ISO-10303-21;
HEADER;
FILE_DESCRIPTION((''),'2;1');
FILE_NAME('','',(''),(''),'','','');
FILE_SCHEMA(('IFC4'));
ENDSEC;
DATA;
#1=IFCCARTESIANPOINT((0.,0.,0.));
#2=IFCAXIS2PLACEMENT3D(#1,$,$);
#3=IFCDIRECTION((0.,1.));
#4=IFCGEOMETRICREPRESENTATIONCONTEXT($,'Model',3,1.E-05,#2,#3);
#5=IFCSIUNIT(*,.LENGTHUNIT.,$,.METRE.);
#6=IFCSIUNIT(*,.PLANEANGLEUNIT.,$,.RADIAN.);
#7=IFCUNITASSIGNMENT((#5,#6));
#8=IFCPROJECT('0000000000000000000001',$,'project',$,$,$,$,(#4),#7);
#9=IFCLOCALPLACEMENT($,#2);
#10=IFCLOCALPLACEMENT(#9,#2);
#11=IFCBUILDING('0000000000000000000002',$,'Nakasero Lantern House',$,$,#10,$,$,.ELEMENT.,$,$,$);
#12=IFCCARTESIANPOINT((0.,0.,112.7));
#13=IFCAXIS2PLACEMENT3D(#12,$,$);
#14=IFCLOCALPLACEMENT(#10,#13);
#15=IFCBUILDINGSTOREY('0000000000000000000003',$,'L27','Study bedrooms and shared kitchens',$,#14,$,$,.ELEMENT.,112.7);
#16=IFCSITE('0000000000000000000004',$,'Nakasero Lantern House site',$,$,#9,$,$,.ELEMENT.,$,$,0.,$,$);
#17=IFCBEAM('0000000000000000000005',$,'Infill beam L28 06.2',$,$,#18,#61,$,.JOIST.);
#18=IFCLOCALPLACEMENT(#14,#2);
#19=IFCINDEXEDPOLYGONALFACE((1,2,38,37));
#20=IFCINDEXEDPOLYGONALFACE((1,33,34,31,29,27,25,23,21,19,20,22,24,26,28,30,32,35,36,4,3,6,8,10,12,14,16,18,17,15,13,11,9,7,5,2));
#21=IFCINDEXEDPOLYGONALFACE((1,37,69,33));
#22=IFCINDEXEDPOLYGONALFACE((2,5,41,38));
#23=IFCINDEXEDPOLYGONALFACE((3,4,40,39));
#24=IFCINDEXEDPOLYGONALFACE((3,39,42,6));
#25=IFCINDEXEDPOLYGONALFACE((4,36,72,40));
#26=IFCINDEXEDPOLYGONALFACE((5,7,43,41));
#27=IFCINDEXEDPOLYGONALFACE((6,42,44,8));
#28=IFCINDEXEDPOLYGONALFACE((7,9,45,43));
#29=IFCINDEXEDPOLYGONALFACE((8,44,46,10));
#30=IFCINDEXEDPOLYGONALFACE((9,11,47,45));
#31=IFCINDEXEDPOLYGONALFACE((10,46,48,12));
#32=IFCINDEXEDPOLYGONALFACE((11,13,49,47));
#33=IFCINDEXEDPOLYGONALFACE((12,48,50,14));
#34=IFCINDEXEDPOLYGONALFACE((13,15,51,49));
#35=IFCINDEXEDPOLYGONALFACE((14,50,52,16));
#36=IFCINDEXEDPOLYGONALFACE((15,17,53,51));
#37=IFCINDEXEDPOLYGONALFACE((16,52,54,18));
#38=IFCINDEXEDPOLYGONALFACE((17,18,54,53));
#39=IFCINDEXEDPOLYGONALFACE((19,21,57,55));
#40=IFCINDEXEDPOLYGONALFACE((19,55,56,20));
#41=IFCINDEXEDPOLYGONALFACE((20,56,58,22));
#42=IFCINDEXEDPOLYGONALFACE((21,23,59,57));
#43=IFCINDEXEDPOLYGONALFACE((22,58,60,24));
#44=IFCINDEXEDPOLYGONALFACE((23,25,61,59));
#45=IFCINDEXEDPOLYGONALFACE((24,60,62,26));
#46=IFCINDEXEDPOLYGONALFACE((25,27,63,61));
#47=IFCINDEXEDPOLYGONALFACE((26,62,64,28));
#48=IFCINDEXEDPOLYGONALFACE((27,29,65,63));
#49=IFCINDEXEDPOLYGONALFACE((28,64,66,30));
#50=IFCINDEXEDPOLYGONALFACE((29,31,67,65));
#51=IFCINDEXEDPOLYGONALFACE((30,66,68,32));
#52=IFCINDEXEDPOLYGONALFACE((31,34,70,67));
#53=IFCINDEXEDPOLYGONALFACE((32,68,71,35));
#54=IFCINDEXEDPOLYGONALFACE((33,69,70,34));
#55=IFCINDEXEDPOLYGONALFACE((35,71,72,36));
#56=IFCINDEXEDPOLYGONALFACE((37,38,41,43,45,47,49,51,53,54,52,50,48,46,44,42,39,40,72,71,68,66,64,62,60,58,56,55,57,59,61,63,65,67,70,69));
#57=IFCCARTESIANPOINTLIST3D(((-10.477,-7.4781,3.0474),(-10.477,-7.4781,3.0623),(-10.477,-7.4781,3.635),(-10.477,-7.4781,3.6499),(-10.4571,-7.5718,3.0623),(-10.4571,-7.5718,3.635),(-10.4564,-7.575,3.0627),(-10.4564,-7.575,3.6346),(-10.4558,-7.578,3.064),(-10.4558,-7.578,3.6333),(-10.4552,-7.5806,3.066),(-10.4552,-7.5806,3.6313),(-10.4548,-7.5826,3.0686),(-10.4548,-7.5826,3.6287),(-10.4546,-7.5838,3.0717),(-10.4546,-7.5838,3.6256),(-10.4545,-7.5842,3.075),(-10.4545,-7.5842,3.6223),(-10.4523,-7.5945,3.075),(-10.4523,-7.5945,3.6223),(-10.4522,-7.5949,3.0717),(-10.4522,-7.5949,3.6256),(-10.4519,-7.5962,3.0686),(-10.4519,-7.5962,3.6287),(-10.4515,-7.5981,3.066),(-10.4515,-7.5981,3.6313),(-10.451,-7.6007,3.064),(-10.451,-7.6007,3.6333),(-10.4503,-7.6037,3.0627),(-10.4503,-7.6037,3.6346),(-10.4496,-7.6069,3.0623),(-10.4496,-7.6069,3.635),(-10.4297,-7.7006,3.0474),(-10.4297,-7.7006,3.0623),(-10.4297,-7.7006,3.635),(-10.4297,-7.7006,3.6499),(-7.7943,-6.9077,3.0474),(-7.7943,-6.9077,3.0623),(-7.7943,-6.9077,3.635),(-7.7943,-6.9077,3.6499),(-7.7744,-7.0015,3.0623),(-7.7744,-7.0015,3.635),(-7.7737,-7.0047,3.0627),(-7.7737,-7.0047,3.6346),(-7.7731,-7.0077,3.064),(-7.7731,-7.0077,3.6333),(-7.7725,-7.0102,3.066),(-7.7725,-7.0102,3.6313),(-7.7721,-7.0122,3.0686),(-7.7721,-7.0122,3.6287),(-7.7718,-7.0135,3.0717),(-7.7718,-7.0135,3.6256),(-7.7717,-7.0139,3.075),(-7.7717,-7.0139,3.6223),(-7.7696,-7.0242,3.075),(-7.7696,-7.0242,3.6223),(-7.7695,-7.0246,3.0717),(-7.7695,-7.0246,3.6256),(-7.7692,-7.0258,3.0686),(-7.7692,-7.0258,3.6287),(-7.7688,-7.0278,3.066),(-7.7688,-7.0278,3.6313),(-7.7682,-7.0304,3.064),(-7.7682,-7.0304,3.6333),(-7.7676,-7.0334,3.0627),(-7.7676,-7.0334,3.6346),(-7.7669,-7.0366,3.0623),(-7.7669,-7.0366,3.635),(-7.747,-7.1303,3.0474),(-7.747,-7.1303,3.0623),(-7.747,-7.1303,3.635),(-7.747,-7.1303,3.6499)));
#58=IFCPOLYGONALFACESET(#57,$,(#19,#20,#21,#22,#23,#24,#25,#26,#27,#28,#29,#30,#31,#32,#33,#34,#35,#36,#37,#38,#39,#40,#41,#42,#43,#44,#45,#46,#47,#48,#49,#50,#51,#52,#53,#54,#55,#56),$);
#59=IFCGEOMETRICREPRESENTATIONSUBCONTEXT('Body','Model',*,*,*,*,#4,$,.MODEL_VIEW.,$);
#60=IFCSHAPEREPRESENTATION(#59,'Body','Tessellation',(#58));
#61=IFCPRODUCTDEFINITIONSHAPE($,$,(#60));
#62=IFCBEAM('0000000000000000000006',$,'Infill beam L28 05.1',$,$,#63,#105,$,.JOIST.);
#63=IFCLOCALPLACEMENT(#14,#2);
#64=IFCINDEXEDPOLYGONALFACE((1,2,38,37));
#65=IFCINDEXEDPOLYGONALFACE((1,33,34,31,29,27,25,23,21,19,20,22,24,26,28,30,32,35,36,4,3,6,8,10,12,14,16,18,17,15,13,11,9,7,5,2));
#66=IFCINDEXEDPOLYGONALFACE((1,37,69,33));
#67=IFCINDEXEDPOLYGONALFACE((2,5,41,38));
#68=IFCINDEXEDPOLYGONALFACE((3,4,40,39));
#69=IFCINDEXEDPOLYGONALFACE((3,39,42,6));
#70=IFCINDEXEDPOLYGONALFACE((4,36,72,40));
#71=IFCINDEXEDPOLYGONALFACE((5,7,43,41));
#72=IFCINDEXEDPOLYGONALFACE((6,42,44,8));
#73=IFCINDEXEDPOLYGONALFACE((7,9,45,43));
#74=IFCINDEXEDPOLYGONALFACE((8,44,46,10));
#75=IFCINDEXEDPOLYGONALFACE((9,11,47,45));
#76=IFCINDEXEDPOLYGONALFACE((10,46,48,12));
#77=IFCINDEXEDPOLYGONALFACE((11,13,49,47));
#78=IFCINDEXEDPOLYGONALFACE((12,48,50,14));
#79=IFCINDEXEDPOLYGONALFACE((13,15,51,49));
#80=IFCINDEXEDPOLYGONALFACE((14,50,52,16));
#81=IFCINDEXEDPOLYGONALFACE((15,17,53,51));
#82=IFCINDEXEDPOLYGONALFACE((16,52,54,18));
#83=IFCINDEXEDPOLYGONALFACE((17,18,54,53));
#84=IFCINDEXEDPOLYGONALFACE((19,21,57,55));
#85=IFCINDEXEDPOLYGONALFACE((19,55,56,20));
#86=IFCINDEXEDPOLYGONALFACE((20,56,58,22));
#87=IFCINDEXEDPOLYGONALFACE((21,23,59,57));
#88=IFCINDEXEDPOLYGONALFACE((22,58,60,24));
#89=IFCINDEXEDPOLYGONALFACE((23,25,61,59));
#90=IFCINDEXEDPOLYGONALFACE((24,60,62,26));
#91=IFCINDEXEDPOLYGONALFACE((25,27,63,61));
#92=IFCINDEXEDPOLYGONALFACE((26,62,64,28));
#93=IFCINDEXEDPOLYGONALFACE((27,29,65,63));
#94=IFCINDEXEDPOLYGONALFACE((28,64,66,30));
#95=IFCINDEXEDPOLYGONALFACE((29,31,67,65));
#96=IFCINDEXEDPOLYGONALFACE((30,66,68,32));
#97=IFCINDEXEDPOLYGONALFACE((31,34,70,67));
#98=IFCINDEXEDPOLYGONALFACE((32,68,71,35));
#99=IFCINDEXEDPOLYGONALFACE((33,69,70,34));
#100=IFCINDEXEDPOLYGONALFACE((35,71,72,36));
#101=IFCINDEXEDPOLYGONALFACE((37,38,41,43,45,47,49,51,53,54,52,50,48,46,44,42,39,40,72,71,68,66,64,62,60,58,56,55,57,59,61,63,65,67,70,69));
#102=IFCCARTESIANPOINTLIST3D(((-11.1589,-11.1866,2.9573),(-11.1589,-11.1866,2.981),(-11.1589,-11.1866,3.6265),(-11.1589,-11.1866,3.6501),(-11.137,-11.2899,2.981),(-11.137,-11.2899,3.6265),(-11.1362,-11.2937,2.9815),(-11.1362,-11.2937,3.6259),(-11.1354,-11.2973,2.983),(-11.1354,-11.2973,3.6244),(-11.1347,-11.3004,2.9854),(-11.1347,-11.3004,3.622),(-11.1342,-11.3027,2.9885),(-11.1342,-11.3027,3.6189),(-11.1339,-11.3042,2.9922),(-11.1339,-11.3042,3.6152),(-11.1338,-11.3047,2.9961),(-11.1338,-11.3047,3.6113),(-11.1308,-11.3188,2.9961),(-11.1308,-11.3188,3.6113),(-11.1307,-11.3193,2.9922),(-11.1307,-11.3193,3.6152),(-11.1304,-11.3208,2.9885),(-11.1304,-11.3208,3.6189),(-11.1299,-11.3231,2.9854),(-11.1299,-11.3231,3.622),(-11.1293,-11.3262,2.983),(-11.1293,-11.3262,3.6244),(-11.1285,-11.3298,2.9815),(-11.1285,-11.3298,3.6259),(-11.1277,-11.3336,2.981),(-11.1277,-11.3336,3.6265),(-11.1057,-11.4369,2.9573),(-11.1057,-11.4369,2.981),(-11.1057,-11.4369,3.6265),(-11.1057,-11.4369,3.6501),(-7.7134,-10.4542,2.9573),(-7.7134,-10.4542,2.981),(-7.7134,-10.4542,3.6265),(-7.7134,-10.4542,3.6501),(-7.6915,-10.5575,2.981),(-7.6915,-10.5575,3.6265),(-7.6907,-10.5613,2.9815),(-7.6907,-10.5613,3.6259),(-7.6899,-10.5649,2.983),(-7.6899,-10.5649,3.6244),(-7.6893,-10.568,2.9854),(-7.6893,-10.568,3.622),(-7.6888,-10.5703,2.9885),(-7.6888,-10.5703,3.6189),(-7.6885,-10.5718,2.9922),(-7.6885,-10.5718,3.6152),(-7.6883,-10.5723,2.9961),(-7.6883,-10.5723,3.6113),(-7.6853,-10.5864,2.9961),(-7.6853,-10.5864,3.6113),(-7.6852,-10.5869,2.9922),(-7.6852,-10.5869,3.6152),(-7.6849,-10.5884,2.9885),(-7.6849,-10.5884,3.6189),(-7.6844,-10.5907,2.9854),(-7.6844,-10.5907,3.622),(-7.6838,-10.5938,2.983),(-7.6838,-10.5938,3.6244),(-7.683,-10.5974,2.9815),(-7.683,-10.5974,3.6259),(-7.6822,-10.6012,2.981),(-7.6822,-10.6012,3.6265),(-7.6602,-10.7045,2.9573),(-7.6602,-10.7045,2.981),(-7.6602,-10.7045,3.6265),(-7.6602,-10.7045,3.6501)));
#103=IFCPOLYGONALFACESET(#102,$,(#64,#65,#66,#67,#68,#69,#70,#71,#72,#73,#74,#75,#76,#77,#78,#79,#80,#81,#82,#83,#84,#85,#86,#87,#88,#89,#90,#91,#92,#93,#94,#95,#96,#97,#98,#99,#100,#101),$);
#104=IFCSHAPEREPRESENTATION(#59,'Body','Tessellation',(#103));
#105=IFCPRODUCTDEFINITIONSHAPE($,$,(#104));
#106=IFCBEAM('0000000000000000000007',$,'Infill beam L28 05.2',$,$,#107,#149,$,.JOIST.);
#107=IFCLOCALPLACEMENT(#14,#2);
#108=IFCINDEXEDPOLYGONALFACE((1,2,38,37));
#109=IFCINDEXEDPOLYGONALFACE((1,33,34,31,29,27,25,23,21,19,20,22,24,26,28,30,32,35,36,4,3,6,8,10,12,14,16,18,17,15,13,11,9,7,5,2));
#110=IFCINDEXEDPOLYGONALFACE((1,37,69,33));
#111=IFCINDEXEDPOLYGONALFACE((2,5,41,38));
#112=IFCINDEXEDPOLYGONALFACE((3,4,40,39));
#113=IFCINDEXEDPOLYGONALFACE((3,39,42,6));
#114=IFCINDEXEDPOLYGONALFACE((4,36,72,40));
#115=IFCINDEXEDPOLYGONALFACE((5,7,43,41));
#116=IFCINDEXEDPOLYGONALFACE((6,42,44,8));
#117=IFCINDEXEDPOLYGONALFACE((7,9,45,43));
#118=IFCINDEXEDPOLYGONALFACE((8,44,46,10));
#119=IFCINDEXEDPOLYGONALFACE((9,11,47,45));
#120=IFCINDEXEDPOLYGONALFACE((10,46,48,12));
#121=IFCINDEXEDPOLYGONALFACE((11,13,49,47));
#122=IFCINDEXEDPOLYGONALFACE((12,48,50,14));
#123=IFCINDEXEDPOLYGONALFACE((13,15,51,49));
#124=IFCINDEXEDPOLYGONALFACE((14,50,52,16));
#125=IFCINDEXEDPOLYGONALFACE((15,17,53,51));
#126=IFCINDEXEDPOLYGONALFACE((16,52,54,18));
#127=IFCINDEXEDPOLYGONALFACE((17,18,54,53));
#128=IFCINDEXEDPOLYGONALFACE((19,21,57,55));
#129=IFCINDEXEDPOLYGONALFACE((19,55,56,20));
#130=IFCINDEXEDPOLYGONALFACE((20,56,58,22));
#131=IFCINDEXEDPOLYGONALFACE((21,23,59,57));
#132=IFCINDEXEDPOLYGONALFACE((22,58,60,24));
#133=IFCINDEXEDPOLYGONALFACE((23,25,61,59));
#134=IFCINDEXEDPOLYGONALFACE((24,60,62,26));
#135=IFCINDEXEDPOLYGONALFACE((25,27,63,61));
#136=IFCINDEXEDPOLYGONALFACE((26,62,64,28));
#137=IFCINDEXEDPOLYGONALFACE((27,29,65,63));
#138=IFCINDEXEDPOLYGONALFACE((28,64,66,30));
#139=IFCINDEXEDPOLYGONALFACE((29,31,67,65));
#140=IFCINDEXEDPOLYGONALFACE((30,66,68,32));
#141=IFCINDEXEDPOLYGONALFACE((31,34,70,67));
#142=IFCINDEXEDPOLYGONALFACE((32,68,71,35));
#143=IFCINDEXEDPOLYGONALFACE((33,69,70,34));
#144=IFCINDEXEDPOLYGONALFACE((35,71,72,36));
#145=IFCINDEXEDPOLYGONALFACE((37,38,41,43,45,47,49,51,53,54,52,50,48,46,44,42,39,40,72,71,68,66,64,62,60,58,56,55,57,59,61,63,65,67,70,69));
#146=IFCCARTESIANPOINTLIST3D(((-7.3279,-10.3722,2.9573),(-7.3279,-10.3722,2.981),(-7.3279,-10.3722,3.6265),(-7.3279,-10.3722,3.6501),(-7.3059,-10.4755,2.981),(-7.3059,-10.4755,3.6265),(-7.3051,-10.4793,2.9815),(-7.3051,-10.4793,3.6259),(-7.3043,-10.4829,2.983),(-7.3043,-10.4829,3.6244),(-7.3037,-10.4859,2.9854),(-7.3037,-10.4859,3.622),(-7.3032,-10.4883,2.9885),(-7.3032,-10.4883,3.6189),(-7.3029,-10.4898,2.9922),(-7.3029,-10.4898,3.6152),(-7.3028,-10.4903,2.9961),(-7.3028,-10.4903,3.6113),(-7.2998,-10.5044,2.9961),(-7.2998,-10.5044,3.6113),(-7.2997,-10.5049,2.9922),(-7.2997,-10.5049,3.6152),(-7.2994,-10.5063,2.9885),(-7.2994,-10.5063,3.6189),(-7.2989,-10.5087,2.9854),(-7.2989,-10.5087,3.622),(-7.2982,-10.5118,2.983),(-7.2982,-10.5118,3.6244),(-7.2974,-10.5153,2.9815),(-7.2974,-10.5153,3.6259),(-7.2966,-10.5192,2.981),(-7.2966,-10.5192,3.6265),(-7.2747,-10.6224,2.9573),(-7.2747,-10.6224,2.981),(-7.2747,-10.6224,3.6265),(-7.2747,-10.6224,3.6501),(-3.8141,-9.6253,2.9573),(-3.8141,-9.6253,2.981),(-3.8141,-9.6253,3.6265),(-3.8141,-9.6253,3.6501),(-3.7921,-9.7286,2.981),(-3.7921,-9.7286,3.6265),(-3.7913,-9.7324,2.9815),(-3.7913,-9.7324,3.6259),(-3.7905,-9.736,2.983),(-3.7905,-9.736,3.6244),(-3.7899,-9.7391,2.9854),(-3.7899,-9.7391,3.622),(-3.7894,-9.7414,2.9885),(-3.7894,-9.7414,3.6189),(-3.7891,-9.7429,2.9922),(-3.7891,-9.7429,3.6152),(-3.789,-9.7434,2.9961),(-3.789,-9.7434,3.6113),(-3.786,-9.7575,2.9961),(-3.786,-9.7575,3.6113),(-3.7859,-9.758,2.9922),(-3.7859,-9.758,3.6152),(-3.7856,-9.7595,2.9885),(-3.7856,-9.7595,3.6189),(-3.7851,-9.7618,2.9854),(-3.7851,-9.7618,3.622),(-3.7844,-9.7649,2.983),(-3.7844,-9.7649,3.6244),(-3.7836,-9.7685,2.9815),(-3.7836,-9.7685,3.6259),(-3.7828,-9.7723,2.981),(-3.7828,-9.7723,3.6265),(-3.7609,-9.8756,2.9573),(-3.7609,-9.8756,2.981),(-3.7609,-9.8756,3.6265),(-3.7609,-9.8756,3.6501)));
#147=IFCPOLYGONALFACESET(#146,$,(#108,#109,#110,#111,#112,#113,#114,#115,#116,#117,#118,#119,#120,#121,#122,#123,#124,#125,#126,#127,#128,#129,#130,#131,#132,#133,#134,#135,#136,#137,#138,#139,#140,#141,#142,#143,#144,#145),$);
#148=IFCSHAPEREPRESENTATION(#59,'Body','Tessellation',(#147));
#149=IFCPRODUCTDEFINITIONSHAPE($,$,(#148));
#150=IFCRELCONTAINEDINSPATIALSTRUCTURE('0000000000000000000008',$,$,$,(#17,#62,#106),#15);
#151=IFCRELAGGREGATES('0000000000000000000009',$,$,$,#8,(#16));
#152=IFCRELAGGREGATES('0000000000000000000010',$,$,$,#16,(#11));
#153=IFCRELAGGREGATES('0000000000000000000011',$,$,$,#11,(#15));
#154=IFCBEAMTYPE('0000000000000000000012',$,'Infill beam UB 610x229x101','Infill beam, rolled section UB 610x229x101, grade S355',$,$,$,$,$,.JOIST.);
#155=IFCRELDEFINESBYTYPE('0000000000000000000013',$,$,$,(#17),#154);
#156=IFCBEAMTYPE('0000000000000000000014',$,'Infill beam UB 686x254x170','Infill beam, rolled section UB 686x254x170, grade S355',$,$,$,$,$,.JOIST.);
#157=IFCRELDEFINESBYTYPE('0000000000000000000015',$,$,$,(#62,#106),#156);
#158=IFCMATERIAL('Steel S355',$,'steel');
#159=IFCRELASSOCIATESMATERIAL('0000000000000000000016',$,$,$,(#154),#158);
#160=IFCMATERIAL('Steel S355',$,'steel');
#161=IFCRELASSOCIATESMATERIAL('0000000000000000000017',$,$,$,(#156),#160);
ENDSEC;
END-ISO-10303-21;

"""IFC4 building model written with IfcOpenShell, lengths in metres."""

from ifc_helpers import new_model, si_unit, direction, frame, origin, origin_2d, place, context, subcontext, project, spatial, i_section, extrude, material, material_profile, profile_set, type_object, element, save


model = new_model("IFC4")

# Units and contexts
model_context = context("Model", 3, precision=1e-05, world=origin(), true_north=direction((0.0, 1.0)))
body_context = subcontext(model_context, "Body", "Model", "MODEL_VIEW")
ifc_project = project(units=[si_unit("LENGTHUNIT", "METRE"), si_unit("PLANEANGLEUNIT", "RADIAN")], contexts=[model_context])

# Site, building, storey
site_placement = place(None, origin())
site = spatial("IfcSite", under=ifc_project, at=site_placement, Name="Nakasero Lantern House site", CompositionType="ELEMENT", RefElevation=0.0)
building_placement = place(site_placement, origin())
building = spatial("IfcBuilding", under=site, at=building_placement, Name="Nakasero Lantern House", CompositionType="ELEMENT")
storey_placement = place(building_placement, frame((0.0, 0.0, 112.7)))
storey = spatial("IfcBuildingStorey", under=building, at=storey_placement, Name="L27", Description="Study bedrooms and shared kitchens", CompositionType="ELEMENT", Elevation=112.7)

# Beams
ifc_material_1 = material(Name="Steel S355", Category="steel")
ifc_material_profile_1 = material_profile(ifc_material_1, i_section(OverallWidth=0.2275, OverallDepth=0.6025, WebThickness=0.0105, FlangeThickness=0.0149, FilletRadius=0.0127, at=origin_2d()), Name="UB 610x229x101")
ifc_profile_set_1 = profile_set([ifc_material_profile_1], Name="Steel S355")
beam_type_1 = type_object("IfcBeamType", Name="Infill beam UB 610x229x101", Description="Infill beam, rolled section UB 610x229x101, grade S355", PredefinedType="JOIST", material=ifc_profile_set_1)
beam_1_placement = place(storey_placement, frame((-10.4534, -7.5894, 3.3486), z_axis=(0.97814, 0.207948, 0.0), x_axis=(-0.207948, 0.97814, 0.0)))
element("IfcBeam", 1, at=beam_1_placement, inside=storey, type_object=beam_type_1, Name="Infill beam L28 06.2", PredefinedType="JOIST", context=body_context, shape_type="SweptSolid", body=[
    extrude(i_section(OverallWidth=0.2275, OverallDepth=0.6025, WebThickness=0.0105, FlangeThickness=0.0149, FilletRadius=0.0127, at=origin_2d()), origin(), (0.0, 0.0, 1.0), 2.7427),
])
ifc_material_2 = material(Name="Steel S355", Category="steel")
ifc_material_profile_2 = material_profile(ifc_material_2, i_section(OverallWidth=0.2559, OverallDepth=0.6929, WebThickness=0.0144, FlangeThickness=0.0237, FilletRadius=0.0151, at=origin_2d()), Name="UB 686x254x170")
ifc_profile_set_2 = profile_set([ifc_material_profile_2], Name="Steel S355")
beam_type_2 = type_object("IfcBeamType", Name="Infill beam UB 686x254x170", Description="Infill beam, rolled section UB 686x254x170, grade S355", PredefinedType="JOIST", material=ifc_profile_set_2)
beam_2_placement = place(storey_placement, frame((-11.1323, -11.3118, 3.3037), z_axis=(0.978145, 0.207924, 0.0), x_axis=(-0.207924, 0.978145, 0.0)))
element("IfcBeam", 2, at=beam_2_placement, inside=storey, type_object=beam_type_2, Name="Infill beam L28 05.1", PredefinedType="JOIST", context=body_context, shape_type="SweptSolid", body=[
    extrude(i_section(OverallWidth=0.2559, OverallDepth=0.6929, WebThickness=0.0144, FlangeThickness=0.0237, FilletRadius=0.0151, at=origin_2d()), origin(), (0.0, 0.0, 1.0), 3.5225),
])
beam_3_placement = place(storey_placement, frame((-7.3013, -10.4973, 3.3037), z_axis=(0.978149, 0.207904, 0.0), x_axis=(-0.207904, 0.978149, 0.0)))
element("IfcBeam", 3, at=beam_3_placement, inside=storey, type_object=beam_type_2, Name="Infill beam L28 05.2", PredefinedType="JOIST", context=body_context, shape_type="SweptSolid", body=[
    extrude(i_section(OverallWidth=0.2559, OverallDepth=0.6929, WebThickness=0.0144, FlangeThickness=0.0237, FilletRadius=0.0151, at=origin_2d()), origin(), (0.0, 0.0, 1.0), 3.5923),
])

save(model, "model.ifc")
